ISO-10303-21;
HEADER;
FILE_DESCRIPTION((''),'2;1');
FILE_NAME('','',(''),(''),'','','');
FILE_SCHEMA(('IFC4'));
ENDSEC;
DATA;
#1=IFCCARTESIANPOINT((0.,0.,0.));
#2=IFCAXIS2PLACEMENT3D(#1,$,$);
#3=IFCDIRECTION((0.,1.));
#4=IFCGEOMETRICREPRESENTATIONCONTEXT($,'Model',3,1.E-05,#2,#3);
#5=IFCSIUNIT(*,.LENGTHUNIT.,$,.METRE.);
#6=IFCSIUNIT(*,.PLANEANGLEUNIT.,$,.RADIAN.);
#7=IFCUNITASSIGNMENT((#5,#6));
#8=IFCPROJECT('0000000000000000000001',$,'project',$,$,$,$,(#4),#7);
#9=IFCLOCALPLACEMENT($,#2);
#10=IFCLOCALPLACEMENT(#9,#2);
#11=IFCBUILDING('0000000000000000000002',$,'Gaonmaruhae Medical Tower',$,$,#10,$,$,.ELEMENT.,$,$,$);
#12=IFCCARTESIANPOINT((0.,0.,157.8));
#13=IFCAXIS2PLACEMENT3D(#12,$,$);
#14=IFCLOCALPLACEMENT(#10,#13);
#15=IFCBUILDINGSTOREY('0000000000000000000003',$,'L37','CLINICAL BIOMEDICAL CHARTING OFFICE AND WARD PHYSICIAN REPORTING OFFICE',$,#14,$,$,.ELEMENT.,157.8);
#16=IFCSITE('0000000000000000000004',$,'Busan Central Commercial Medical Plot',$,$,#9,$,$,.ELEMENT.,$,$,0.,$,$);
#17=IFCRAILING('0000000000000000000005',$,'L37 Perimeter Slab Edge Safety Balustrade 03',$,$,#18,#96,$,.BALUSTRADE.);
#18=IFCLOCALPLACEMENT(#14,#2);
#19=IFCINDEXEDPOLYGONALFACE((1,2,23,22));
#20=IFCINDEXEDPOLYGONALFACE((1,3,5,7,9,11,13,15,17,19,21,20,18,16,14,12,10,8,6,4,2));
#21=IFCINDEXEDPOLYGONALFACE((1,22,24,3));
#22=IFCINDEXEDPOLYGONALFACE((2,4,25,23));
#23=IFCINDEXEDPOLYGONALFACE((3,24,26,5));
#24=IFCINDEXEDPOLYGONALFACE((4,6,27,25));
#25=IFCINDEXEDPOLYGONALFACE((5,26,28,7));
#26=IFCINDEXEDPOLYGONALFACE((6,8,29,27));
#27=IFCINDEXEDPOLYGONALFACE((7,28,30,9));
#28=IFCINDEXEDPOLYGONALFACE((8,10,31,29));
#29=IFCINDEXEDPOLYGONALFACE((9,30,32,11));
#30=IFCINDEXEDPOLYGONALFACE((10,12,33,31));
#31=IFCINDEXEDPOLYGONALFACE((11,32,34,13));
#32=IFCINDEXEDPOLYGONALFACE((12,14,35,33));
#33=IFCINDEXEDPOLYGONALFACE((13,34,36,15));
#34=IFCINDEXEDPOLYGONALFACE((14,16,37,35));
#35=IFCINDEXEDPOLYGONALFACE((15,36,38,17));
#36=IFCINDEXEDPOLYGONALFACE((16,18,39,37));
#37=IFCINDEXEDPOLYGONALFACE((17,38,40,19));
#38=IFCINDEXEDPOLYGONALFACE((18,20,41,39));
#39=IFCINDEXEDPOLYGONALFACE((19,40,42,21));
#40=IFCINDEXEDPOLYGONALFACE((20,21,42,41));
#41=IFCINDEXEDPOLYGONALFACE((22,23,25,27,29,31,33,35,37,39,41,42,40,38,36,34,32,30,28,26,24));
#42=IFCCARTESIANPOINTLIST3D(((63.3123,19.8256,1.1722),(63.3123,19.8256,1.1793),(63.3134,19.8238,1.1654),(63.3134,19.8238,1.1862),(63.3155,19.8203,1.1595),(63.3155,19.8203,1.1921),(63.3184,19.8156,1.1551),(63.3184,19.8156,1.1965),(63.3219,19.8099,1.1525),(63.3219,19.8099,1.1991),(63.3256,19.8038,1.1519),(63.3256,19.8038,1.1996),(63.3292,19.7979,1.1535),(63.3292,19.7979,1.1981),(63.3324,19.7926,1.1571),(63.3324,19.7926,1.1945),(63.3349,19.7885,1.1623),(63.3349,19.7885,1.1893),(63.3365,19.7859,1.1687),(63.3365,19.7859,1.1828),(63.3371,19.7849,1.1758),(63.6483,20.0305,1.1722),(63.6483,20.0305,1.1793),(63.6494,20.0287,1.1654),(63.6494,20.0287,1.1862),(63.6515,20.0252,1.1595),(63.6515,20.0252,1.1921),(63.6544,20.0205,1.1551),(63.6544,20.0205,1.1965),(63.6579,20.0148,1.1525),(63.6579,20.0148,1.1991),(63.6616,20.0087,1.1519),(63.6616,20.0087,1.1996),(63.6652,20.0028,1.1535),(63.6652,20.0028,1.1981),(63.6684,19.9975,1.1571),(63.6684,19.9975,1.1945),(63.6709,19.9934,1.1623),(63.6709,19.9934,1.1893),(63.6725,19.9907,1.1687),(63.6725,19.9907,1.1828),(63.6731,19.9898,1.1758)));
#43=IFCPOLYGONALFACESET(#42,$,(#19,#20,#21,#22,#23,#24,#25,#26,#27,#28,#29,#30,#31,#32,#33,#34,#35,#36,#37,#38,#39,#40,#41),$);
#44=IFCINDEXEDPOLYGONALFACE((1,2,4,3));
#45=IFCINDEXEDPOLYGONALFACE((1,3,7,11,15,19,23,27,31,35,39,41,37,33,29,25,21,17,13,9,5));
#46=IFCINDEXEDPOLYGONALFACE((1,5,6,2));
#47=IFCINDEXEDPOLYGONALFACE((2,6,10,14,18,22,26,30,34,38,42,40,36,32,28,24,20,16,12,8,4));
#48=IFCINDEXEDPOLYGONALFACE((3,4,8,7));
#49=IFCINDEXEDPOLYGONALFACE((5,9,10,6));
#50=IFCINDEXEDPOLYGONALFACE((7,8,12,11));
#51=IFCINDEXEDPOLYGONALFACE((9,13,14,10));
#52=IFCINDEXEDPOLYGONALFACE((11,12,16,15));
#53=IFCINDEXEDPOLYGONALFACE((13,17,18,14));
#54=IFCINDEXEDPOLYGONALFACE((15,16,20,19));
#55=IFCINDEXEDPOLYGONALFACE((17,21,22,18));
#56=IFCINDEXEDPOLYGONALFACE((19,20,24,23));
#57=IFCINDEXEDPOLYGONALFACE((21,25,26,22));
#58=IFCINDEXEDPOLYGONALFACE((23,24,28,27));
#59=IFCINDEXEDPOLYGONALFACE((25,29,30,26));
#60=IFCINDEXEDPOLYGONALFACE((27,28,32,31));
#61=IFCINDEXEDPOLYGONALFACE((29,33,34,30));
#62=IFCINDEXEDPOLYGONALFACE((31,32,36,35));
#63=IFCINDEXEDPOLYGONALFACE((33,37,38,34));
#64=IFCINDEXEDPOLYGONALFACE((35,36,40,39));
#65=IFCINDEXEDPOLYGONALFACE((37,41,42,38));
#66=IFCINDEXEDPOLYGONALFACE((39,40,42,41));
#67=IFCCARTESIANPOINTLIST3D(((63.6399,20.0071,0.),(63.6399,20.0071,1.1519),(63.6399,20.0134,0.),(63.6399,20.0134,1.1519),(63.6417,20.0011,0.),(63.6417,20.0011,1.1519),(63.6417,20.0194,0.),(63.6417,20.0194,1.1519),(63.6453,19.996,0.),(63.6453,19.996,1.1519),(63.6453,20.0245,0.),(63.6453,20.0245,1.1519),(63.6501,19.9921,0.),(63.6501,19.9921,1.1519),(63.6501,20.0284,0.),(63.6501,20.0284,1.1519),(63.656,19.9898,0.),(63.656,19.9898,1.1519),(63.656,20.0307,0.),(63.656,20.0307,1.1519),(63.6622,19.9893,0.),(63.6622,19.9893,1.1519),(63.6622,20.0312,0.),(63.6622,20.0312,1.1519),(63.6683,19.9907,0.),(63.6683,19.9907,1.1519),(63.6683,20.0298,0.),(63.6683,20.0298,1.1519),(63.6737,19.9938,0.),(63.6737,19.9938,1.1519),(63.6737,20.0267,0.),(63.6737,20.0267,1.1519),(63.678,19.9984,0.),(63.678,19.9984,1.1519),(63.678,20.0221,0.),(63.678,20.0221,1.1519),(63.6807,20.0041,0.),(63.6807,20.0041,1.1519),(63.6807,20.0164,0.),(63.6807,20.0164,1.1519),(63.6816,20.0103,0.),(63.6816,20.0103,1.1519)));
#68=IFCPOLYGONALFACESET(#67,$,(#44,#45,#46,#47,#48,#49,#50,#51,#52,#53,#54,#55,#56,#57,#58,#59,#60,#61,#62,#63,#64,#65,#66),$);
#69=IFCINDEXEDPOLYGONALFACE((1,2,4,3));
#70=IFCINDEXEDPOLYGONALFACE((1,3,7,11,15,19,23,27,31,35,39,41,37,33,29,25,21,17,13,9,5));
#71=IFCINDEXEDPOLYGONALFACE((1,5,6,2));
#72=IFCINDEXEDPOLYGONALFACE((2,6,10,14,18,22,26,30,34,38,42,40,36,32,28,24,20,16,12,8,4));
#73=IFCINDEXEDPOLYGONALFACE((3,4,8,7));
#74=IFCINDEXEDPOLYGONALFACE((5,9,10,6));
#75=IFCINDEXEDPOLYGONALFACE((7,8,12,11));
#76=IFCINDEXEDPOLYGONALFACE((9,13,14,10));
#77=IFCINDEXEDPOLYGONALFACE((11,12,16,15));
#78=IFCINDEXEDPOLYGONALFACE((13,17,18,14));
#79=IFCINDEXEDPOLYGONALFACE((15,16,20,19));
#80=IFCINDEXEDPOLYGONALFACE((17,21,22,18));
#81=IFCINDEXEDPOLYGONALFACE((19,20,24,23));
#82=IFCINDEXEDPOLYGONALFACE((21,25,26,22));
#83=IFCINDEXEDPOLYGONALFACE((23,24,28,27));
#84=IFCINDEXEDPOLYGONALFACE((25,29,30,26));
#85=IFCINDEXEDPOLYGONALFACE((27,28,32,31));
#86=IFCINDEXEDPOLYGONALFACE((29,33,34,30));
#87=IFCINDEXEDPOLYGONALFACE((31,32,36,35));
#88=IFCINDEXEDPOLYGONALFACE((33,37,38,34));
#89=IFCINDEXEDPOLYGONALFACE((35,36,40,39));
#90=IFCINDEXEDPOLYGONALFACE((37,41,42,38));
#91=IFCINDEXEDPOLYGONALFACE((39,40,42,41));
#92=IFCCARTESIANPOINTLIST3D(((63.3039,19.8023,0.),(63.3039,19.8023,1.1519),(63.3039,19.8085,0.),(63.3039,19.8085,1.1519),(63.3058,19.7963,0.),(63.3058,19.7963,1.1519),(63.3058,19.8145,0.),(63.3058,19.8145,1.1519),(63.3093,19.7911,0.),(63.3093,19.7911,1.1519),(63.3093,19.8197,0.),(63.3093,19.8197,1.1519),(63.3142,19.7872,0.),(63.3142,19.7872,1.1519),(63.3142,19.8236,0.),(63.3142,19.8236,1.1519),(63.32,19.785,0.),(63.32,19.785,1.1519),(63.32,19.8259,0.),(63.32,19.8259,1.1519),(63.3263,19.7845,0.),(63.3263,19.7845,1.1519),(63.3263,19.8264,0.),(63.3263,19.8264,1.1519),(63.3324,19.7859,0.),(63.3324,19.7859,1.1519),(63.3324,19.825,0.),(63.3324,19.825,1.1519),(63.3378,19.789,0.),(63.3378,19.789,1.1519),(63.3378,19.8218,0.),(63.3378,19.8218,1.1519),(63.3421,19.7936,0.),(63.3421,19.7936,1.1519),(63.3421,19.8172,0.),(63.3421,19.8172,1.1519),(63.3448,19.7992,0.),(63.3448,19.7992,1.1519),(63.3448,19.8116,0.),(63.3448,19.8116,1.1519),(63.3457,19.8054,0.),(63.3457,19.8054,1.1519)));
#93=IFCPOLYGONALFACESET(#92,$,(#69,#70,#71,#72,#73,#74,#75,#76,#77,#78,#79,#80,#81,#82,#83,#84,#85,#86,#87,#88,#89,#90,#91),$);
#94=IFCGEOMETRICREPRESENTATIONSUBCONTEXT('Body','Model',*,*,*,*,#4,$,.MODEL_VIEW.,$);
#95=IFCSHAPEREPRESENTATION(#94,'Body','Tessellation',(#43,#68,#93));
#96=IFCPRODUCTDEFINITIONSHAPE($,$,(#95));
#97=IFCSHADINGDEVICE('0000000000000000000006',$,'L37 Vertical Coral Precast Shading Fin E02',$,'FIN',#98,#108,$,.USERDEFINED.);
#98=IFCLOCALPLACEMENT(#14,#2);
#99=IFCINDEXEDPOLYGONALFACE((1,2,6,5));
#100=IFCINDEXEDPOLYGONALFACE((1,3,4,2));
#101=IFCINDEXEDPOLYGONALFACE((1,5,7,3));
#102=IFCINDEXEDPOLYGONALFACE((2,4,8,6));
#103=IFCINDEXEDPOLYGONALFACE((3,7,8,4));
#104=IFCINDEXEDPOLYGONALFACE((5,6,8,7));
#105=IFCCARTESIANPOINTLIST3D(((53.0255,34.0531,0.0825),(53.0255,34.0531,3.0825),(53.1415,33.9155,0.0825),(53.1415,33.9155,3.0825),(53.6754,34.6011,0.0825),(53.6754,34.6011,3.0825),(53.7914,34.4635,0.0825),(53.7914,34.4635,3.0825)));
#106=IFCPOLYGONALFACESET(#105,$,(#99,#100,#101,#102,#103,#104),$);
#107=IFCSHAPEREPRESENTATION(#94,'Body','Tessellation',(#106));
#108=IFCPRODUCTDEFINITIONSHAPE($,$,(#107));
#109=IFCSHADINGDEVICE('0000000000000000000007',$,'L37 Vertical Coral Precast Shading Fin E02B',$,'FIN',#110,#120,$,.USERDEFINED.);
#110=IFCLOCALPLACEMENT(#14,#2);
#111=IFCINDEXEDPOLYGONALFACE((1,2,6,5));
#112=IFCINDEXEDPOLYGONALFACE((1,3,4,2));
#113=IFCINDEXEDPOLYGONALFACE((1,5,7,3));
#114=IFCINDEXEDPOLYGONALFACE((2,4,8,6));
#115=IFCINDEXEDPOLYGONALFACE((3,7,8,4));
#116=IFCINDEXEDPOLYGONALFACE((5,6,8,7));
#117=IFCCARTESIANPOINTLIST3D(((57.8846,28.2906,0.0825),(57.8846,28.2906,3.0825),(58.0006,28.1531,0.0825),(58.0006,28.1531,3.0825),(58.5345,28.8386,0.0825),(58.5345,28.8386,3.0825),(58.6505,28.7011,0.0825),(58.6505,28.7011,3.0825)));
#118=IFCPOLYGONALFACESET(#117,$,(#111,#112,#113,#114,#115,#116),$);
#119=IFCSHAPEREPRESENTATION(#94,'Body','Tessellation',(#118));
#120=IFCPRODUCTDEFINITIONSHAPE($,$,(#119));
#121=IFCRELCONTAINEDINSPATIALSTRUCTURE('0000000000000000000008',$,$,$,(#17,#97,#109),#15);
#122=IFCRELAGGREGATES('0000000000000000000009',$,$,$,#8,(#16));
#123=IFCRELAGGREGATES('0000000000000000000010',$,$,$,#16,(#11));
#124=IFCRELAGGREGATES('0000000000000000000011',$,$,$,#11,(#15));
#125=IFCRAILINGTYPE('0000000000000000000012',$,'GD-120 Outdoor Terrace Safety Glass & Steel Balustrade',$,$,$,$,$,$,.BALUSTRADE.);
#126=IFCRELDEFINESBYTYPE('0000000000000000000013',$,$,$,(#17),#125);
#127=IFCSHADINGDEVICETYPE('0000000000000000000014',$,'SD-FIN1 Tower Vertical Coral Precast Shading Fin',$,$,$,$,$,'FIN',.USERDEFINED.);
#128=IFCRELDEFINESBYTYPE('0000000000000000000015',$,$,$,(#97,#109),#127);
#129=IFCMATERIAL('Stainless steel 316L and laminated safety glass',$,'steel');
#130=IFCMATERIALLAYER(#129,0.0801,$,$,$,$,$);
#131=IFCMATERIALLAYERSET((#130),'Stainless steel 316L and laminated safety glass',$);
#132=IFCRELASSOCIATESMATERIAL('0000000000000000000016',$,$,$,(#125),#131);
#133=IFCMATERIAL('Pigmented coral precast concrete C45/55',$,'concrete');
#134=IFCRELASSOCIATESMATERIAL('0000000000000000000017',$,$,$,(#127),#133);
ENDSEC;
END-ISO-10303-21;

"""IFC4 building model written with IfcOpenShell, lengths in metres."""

from ifc_helpers import new_model, si_unit, direction, frame, origin, origin_2d, place, context, subcontext, project, spatial, rectangle, circle, extrude, material, layer, layer_set, type_object, element, save


model = new_model("IFC4")

# Units and contexts
model_context = context("Model", 3, precision=1e-05, world=origin(), true_north=direction((0.0, 1.0)))
body_context = subcontext(model_context, "Body", "Model", "MODEL_VIEW")
ifc_project = project(units=[si_unit("LENGTHUNIT", "METRE"), si_unit("PLANEANGLEUNIT", "RADIAN")], contexts=[model_context])

# Site, building, storey
site_placement = place(None, origin())
site = spatial("IfcSite", under=ifc_project, at=site_placement, Name="Busan Central Commercial Medical Plot", CompositionType="ELEMENT", RefElevation=0.0)
building_placement = place(site_placement, origin())
building = spatial("IfcBuilding", under=site, at=building_placement, Name="Gaonmaruhae Medical Tower", CompositionType="ELEMENT")
storey_placement = place(building_placement, frame((0.0, 0.0, 157.8)))
storey = spatial("IfcBuildingStorey", under=building, at=storey_placement, Name="L37", Description="CLINICAL BIOMEDICAL CHARTING OFFICE AND WARD PHYSICIAN REPORTING OFFICE", CompositionType="ELEMENT", Elevation=157.8)

# Railing
ifc_material_1 = material(Name="Stainless steel 316L and laminated safety glass", Category="steel")
ifc_layer_1 = layer(ifc_material_1, 0.0801)
ifc_layer_set_1 = layer_set([ifc_layer_1], Name="Stainless steel 316L and laminated safety glass")
railing_type = type_object("IfcRailingType", Name="GD-120 Outdoor Terrace Safety Glass & Steel Balustrade", PredefinedType="BALUSTRADE", material=ifc_layer_set_1)
railing_1_placement = place(storey_placement, frame((63.6606, 20.0103, 0.0)))
element("IfcRailing", 1, at=railing_1_placement, inside=storey, type_object=railing_type, Name="L37 Perimeter Slab Edge Safety Balustrade 03", PredefinedType="BALUSTRADE", context=body_context, shape_type="SweptSolid", body=[
    extrude(circle(Radius=0.0239, at=origin_2d()), frame((0.0, 0.0, 1.1758), z_axis=(-0.853803, -0.520596, 0.0), x_axis=(0.520596, -0.853803, 0.0)), (0.0, 0.0, 1.0), 0.3936),
    extrude(circle(Radius=0.021, at=origin_2d()), origin(), (0.0, 0.0, 1.0), 1.1519),
    extrude(circle(Radius=0.021, at=origin_2d()), frame((-0.3359, -0.2048, 0.0)), (0.0, 0.0, 1.0), 1.1519),
])

# Shading devices
ifc_material_2 = material(Name="Pigmented coral precast concrete C45/55", Category="concrete")
shading_device_type = type_object("IfcShadingDeviceType", Name="SD-FIN1 Tower Vertical Coral Precast Shading Fin", ElementType="FIN", PredefinedType="USERDEFINED", material=ifc_material_2)
for number, where, z_axis, x_axis, name in (
    (2, (53.4084, 34.2583, 0.0825), (0.0, 0.0, 1.0), (0.644657, -0.764472, 0.0), "L37 Vertical Coral Precast Shading Fin E02"),
    (3, (58.2676, 28.4958, 0.0825), (0.0, 0.0, 1.0), (0.644657, -0.764472, 0.0), "L37 Vertical Coral Precast Shading Fin E02B"),
):
    element("IfcShadingDevice", number, at=place(storey_placement, frame(where, z_axis=z_axis, x_axis=x_axis)), inside=storey, type_object=shading_device_type, Name=name, ObjectType="FIN", PredefinedType="USERDEFINED", context=body_context, shape_type="SweptSolid", body=[
        extrude(rectangle(XDim=0.1799, YDim=0.8501, at=origin_2d()), origin(), (0.0, 0.0, 1.0), 3.0),
    ])

save(model, "model.ifc")
